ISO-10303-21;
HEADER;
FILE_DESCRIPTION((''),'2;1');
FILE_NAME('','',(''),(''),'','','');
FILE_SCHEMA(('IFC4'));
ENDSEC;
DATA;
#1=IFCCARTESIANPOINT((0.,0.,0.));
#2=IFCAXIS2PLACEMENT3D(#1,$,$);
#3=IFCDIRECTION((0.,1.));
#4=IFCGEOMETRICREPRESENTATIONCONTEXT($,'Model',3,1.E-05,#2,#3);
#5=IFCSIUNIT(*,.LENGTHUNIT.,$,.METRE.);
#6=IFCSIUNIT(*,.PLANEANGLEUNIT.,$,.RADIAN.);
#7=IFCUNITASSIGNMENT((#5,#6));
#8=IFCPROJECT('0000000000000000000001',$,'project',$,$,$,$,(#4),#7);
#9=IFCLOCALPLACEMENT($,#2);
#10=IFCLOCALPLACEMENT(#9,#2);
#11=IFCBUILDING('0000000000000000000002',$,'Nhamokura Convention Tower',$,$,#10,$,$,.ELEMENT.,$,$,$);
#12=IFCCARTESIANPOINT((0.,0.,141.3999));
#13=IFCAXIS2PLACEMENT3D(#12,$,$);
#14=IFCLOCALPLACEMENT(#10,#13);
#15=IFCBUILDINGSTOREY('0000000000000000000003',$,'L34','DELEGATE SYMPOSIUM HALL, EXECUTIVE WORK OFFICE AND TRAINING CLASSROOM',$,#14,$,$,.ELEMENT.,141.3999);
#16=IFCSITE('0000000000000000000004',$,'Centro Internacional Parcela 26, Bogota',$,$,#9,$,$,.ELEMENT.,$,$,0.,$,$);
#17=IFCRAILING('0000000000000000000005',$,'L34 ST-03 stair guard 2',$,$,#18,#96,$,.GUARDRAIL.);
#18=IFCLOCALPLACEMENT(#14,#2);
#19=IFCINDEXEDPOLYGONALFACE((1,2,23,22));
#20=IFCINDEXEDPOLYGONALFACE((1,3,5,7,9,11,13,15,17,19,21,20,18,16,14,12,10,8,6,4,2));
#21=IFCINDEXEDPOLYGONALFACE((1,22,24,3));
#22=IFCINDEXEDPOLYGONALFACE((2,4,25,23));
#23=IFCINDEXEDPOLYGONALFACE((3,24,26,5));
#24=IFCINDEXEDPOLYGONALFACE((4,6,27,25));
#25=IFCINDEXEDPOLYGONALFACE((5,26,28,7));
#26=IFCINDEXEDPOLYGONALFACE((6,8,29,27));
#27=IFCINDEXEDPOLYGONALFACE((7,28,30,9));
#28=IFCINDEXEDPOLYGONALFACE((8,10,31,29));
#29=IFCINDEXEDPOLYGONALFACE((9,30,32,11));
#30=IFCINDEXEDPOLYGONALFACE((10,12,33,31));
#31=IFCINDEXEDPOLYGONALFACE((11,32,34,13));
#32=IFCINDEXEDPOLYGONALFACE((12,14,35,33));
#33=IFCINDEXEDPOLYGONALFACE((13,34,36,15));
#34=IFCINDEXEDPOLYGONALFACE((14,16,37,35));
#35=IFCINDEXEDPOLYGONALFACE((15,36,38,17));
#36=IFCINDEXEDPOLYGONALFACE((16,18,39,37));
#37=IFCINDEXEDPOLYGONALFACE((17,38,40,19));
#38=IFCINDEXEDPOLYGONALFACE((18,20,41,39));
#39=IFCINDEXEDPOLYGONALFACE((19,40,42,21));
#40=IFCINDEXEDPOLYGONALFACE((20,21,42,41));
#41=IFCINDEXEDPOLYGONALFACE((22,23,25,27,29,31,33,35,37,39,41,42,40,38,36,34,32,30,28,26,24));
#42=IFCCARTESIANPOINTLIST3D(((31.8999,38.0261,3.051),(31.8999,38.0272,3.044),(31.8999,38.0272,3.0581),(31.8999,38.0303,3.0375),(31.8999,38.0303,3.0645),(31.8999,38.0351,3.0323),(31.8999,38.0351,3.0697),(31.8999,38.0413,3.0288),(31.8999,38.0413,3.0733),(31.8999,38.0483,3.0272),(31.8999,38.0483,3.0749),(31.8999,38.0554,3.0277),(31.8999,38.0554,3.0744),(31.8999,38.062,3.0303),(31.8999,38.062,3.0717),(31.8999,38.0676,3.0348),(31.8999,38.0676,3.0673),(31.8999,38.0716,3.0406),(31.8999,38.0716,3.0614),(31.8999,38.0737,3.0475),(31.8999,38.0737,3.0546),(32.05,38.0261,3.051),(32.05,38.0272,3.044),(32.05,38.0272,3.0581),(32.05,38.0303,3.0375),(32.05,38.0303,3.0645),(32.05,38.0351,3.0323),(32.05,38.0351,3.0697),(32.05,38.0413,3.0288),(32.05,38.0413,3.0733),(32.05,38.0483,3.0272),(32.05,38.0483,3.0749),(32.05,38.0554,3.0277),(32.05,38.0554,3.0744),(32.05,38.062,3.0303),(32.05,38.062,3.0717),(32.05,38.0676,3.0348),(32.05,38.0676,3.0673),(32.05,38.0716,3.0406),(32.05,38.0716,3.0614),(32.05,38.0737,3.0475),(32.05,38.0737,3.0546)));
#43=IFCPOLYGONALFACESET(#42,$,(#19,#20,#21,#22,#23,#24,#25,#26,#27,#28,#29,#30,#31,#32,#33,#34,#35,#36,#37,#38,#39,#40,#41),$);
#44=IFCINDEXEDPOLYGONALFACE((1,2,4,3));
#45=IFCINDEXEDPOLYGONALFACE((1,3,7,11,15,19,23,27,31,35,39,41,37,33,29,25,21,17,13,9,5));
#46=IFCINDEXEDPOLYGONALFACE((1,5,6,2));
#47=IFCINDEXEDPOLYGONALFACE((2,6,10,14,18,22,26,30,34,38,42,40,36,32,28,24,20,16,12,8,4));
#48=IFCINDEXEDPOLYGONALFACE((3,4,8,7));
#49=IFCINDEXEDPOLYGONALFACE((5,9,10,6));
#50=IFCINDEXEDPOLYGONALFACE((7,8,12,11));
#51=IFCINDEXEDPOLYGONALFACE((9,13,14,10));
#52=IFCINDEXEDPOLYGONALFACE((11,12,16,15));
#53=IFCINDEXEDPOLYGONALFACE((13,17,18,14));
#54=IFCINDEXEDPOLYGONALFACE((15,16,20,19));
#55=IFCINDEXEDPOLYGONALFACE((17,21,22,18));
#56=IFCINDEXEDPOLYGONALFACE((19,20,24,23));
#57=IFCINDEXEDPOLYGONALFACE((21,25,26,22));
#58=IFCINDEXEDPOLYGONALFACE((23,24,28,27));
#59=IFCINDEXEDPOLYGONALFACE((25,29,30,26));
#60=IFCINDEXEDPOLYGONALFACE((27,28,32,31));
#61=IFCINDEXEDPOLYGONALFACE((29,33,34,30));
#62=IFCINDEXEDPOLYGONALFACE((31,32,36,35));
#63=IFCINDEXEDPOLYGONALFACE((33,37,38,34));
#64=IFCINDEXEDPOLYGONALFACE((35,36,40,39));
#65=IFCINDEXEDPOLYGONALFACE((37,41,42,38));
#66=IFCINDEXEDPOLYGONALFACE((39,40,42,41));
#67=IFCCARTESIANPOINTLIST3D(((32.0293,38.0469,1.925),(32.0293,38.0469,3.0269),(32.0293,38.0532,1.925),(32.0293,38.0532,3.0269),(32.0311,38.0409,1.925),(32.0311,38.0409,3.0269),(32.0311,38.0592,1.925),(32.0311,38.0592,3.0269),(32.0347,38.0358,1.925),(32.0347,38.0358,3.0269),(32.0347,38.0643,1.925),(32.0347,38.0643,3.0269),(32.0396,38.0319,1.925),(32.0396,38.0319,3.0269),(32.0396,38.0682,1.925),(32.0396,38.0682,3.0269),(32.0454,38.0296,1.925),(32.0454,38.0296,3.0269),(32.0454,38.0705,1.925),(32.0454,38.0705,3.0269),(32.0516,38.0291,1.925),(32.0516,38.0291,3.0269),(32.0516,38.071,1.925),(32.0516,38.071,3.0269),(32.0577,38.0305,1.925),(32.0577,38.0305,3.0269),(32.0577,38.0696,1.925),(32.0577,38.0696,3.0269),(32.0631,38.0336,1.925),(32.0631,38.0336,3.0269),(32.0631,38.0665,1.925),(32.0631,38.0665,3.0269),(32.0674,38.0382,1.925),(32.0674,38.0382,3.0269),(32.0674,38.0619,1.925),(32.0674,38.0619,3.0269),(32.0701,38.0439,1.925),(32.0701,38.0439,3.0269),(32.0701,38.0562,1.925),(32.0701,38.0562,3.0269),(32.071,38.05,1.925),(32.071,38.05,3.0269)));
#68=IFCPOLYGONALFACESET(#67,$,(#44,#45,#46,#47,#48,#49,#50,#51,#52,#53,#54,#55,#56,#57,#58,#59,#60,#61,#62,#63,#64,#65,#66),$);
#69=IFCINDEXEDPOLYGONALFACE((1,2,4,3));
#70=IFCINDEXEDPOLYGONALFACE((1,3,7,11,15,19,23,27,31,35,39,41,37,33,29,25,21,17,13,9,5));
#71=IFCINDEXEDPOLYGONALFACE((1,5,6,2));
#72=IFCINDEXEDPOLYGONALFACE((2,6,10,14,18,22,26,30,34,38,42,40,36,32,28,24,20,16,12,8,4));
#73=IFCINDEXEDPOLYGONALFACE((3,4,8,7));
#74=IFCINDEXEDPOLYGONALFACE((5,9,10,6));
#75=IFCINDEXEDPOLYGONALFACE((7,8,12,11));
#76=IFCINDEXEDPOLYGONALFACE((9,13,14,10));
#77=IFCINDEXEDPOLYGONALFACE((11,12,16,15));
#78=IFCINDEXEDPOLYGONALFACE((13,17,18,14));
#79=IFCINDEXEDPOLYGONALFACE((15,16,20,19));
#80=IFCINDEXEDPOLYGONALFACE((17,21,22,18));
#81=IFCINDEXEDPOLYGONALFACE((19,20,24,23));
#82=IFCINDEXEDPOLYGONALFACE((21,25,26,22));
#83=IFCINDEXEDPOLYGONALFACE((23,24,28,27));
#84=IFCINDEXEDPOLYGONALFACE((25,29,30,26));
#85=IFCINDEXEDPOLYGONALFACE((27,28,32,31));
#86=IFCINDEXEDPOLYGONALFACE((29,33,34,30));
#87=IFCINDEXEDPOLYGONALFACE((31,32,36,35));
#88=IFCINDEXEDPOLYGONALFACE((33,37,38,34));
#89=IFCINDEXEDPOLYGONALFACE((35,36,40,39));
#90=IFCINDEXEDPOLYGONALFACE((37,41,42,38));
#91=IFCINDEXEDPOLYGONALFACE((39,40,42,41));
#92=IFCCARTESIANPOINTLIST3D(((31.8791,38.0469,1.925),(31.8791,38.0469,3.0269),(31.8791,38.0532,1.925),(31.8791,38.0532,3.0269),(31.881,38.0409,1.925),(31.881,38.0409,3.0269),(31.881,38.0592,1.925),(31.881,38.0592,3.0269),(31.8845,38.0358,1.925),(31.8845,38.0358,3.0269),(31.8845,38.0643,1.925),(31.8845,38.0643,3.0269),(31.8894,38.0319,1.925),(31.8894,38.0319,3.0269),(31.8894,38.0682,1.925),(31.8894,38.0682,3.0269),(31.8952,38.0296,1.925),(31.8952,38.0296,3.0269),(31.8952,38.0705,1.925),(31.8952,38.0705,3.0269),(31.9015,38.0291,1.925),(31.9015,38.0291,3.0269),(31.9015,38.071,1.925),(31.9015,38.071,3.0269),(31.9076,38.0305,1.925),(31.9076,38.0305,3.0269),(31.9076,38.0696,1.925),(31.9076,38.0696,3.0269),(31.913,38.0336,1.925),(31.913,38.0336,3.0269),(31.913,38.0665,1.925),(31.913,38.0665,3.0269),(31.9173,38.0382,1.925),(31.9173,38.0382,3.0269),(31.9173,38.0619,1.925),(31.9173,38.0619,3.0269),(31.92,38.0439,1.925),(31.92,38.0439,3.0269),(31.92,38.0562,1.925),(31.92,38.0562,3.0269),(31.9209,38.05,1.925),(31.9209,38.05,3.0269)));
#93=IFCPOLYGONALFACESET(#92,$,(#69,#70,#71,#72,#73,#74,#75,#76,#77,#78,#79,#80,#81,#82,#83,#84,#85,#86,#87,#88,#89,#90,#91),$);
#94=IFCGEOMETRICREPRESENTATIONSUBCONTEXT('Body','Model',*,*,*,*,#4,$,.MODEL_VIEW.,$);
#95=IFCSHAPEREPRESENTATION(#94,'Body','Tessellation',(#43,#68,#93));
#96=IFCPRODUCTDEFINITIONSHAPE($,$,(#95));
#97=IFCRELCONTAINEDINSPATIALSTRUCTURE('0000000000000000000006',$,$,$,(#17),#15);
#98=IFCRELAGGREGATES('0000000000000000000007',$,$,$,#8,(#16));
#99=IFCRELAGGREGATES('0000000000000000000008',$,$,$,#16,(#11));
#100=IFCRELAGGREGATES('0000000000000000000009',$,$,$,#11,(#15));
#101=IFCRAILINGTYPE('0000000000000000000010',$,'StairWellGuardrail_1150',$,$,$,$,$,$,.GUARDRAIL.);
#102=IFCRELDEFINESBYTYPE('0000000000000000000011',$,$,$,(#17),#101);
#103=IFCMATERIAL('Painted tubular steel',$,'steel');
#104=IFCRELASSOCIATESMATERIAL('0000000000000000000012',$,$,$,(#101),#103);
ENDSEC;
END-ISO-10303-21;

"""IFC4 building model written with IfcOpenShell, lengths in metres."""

from ifc_helpers import new_model, si_unit, direction, frame, origin, origin_2d, place, context, subcontext, project, spatial, circle, extrude, material, type_object, element, save


model = new_model("IFC4")

# Units and contexts
model_context = context("Model", 3, precision=1e-05, world=origin(), true_north=direction((0.0, 1.0)))
body_context = subcontext(model_context, "Body", "Model", "MODEL_VIEW")
ifc_project = project(units=[si_unit("LENGTHUNIT", "METRE"), si_unit("PLANEANGLEUNIT", "RADIAN")], contexts=[model_context])

# Site, building, storey
site_placement = place(None, origin())
site = spatial("IfcSite", under=ifc_project, at=site_placement, Name="Centro Internacional Parcela 26, Bogota", CompositionType="ELEMENT", RefElevation=0.0)
building_placement = place(site_placement, origin())
building = spatial("IfcBuilding", under=site, at=building_placement, Name="Nhamokura Convention Tower", CompositionType="ELEMENT")
storey_placement = place(building_placement, frame((0.0, 0.0, 141.3999)))
storey = spatial("IfcBuildingStorey", under=building, at=storey_placement, Name="L34", Description="DELEGATE SYMPOSIUM HALL, EXECUTIVE WORK OFFICE AND TRAINING CLASSROOM", CompositionType="ELEMENT", Elevation=141.3999)

# Railing
ifc_material_1 = material(Name="Painted tubular steel", Category="steel")
railing_type_1 = type_object("IfcRailingType", Name="StairWellGuardrail_1150", PredefinedType="GUARDRAIL", material=ifc_material_1)
railing_1_placement = place(storey_placement, frame((32.05, 38.05, 1.925)))
element("IfcRailing", 1, at=railing_1_placement, inside=storey, type_object=railing_type_1, Name="L34 ST-03 stair guard 2", PredefinedType="GUARDRAIL", context=body_context, shape_type="SweptSolid", body=[
    extrude(circle(Radius=0.0239, at=origin_2d()), frame((0.0, 0.0, 1.126), z_axis=(-1.0, 0.0, 0.0), x_axis=(0.0, -1.0, 0.0)), (0.0, 0.0, 1.0), 0.1501),
    extrude(circle(Radius=0.021, at=origin_2d()), origin(), (0.0, 0.0, 1.0), 1.1018),
    extrude(circle(Radius=0.021, at=origin_2d()), frame((-0.1501, 0.0, 0.0)), (0.0, 0.0, 1.0), 1.1018),
])

save(model, "model.ifc")
